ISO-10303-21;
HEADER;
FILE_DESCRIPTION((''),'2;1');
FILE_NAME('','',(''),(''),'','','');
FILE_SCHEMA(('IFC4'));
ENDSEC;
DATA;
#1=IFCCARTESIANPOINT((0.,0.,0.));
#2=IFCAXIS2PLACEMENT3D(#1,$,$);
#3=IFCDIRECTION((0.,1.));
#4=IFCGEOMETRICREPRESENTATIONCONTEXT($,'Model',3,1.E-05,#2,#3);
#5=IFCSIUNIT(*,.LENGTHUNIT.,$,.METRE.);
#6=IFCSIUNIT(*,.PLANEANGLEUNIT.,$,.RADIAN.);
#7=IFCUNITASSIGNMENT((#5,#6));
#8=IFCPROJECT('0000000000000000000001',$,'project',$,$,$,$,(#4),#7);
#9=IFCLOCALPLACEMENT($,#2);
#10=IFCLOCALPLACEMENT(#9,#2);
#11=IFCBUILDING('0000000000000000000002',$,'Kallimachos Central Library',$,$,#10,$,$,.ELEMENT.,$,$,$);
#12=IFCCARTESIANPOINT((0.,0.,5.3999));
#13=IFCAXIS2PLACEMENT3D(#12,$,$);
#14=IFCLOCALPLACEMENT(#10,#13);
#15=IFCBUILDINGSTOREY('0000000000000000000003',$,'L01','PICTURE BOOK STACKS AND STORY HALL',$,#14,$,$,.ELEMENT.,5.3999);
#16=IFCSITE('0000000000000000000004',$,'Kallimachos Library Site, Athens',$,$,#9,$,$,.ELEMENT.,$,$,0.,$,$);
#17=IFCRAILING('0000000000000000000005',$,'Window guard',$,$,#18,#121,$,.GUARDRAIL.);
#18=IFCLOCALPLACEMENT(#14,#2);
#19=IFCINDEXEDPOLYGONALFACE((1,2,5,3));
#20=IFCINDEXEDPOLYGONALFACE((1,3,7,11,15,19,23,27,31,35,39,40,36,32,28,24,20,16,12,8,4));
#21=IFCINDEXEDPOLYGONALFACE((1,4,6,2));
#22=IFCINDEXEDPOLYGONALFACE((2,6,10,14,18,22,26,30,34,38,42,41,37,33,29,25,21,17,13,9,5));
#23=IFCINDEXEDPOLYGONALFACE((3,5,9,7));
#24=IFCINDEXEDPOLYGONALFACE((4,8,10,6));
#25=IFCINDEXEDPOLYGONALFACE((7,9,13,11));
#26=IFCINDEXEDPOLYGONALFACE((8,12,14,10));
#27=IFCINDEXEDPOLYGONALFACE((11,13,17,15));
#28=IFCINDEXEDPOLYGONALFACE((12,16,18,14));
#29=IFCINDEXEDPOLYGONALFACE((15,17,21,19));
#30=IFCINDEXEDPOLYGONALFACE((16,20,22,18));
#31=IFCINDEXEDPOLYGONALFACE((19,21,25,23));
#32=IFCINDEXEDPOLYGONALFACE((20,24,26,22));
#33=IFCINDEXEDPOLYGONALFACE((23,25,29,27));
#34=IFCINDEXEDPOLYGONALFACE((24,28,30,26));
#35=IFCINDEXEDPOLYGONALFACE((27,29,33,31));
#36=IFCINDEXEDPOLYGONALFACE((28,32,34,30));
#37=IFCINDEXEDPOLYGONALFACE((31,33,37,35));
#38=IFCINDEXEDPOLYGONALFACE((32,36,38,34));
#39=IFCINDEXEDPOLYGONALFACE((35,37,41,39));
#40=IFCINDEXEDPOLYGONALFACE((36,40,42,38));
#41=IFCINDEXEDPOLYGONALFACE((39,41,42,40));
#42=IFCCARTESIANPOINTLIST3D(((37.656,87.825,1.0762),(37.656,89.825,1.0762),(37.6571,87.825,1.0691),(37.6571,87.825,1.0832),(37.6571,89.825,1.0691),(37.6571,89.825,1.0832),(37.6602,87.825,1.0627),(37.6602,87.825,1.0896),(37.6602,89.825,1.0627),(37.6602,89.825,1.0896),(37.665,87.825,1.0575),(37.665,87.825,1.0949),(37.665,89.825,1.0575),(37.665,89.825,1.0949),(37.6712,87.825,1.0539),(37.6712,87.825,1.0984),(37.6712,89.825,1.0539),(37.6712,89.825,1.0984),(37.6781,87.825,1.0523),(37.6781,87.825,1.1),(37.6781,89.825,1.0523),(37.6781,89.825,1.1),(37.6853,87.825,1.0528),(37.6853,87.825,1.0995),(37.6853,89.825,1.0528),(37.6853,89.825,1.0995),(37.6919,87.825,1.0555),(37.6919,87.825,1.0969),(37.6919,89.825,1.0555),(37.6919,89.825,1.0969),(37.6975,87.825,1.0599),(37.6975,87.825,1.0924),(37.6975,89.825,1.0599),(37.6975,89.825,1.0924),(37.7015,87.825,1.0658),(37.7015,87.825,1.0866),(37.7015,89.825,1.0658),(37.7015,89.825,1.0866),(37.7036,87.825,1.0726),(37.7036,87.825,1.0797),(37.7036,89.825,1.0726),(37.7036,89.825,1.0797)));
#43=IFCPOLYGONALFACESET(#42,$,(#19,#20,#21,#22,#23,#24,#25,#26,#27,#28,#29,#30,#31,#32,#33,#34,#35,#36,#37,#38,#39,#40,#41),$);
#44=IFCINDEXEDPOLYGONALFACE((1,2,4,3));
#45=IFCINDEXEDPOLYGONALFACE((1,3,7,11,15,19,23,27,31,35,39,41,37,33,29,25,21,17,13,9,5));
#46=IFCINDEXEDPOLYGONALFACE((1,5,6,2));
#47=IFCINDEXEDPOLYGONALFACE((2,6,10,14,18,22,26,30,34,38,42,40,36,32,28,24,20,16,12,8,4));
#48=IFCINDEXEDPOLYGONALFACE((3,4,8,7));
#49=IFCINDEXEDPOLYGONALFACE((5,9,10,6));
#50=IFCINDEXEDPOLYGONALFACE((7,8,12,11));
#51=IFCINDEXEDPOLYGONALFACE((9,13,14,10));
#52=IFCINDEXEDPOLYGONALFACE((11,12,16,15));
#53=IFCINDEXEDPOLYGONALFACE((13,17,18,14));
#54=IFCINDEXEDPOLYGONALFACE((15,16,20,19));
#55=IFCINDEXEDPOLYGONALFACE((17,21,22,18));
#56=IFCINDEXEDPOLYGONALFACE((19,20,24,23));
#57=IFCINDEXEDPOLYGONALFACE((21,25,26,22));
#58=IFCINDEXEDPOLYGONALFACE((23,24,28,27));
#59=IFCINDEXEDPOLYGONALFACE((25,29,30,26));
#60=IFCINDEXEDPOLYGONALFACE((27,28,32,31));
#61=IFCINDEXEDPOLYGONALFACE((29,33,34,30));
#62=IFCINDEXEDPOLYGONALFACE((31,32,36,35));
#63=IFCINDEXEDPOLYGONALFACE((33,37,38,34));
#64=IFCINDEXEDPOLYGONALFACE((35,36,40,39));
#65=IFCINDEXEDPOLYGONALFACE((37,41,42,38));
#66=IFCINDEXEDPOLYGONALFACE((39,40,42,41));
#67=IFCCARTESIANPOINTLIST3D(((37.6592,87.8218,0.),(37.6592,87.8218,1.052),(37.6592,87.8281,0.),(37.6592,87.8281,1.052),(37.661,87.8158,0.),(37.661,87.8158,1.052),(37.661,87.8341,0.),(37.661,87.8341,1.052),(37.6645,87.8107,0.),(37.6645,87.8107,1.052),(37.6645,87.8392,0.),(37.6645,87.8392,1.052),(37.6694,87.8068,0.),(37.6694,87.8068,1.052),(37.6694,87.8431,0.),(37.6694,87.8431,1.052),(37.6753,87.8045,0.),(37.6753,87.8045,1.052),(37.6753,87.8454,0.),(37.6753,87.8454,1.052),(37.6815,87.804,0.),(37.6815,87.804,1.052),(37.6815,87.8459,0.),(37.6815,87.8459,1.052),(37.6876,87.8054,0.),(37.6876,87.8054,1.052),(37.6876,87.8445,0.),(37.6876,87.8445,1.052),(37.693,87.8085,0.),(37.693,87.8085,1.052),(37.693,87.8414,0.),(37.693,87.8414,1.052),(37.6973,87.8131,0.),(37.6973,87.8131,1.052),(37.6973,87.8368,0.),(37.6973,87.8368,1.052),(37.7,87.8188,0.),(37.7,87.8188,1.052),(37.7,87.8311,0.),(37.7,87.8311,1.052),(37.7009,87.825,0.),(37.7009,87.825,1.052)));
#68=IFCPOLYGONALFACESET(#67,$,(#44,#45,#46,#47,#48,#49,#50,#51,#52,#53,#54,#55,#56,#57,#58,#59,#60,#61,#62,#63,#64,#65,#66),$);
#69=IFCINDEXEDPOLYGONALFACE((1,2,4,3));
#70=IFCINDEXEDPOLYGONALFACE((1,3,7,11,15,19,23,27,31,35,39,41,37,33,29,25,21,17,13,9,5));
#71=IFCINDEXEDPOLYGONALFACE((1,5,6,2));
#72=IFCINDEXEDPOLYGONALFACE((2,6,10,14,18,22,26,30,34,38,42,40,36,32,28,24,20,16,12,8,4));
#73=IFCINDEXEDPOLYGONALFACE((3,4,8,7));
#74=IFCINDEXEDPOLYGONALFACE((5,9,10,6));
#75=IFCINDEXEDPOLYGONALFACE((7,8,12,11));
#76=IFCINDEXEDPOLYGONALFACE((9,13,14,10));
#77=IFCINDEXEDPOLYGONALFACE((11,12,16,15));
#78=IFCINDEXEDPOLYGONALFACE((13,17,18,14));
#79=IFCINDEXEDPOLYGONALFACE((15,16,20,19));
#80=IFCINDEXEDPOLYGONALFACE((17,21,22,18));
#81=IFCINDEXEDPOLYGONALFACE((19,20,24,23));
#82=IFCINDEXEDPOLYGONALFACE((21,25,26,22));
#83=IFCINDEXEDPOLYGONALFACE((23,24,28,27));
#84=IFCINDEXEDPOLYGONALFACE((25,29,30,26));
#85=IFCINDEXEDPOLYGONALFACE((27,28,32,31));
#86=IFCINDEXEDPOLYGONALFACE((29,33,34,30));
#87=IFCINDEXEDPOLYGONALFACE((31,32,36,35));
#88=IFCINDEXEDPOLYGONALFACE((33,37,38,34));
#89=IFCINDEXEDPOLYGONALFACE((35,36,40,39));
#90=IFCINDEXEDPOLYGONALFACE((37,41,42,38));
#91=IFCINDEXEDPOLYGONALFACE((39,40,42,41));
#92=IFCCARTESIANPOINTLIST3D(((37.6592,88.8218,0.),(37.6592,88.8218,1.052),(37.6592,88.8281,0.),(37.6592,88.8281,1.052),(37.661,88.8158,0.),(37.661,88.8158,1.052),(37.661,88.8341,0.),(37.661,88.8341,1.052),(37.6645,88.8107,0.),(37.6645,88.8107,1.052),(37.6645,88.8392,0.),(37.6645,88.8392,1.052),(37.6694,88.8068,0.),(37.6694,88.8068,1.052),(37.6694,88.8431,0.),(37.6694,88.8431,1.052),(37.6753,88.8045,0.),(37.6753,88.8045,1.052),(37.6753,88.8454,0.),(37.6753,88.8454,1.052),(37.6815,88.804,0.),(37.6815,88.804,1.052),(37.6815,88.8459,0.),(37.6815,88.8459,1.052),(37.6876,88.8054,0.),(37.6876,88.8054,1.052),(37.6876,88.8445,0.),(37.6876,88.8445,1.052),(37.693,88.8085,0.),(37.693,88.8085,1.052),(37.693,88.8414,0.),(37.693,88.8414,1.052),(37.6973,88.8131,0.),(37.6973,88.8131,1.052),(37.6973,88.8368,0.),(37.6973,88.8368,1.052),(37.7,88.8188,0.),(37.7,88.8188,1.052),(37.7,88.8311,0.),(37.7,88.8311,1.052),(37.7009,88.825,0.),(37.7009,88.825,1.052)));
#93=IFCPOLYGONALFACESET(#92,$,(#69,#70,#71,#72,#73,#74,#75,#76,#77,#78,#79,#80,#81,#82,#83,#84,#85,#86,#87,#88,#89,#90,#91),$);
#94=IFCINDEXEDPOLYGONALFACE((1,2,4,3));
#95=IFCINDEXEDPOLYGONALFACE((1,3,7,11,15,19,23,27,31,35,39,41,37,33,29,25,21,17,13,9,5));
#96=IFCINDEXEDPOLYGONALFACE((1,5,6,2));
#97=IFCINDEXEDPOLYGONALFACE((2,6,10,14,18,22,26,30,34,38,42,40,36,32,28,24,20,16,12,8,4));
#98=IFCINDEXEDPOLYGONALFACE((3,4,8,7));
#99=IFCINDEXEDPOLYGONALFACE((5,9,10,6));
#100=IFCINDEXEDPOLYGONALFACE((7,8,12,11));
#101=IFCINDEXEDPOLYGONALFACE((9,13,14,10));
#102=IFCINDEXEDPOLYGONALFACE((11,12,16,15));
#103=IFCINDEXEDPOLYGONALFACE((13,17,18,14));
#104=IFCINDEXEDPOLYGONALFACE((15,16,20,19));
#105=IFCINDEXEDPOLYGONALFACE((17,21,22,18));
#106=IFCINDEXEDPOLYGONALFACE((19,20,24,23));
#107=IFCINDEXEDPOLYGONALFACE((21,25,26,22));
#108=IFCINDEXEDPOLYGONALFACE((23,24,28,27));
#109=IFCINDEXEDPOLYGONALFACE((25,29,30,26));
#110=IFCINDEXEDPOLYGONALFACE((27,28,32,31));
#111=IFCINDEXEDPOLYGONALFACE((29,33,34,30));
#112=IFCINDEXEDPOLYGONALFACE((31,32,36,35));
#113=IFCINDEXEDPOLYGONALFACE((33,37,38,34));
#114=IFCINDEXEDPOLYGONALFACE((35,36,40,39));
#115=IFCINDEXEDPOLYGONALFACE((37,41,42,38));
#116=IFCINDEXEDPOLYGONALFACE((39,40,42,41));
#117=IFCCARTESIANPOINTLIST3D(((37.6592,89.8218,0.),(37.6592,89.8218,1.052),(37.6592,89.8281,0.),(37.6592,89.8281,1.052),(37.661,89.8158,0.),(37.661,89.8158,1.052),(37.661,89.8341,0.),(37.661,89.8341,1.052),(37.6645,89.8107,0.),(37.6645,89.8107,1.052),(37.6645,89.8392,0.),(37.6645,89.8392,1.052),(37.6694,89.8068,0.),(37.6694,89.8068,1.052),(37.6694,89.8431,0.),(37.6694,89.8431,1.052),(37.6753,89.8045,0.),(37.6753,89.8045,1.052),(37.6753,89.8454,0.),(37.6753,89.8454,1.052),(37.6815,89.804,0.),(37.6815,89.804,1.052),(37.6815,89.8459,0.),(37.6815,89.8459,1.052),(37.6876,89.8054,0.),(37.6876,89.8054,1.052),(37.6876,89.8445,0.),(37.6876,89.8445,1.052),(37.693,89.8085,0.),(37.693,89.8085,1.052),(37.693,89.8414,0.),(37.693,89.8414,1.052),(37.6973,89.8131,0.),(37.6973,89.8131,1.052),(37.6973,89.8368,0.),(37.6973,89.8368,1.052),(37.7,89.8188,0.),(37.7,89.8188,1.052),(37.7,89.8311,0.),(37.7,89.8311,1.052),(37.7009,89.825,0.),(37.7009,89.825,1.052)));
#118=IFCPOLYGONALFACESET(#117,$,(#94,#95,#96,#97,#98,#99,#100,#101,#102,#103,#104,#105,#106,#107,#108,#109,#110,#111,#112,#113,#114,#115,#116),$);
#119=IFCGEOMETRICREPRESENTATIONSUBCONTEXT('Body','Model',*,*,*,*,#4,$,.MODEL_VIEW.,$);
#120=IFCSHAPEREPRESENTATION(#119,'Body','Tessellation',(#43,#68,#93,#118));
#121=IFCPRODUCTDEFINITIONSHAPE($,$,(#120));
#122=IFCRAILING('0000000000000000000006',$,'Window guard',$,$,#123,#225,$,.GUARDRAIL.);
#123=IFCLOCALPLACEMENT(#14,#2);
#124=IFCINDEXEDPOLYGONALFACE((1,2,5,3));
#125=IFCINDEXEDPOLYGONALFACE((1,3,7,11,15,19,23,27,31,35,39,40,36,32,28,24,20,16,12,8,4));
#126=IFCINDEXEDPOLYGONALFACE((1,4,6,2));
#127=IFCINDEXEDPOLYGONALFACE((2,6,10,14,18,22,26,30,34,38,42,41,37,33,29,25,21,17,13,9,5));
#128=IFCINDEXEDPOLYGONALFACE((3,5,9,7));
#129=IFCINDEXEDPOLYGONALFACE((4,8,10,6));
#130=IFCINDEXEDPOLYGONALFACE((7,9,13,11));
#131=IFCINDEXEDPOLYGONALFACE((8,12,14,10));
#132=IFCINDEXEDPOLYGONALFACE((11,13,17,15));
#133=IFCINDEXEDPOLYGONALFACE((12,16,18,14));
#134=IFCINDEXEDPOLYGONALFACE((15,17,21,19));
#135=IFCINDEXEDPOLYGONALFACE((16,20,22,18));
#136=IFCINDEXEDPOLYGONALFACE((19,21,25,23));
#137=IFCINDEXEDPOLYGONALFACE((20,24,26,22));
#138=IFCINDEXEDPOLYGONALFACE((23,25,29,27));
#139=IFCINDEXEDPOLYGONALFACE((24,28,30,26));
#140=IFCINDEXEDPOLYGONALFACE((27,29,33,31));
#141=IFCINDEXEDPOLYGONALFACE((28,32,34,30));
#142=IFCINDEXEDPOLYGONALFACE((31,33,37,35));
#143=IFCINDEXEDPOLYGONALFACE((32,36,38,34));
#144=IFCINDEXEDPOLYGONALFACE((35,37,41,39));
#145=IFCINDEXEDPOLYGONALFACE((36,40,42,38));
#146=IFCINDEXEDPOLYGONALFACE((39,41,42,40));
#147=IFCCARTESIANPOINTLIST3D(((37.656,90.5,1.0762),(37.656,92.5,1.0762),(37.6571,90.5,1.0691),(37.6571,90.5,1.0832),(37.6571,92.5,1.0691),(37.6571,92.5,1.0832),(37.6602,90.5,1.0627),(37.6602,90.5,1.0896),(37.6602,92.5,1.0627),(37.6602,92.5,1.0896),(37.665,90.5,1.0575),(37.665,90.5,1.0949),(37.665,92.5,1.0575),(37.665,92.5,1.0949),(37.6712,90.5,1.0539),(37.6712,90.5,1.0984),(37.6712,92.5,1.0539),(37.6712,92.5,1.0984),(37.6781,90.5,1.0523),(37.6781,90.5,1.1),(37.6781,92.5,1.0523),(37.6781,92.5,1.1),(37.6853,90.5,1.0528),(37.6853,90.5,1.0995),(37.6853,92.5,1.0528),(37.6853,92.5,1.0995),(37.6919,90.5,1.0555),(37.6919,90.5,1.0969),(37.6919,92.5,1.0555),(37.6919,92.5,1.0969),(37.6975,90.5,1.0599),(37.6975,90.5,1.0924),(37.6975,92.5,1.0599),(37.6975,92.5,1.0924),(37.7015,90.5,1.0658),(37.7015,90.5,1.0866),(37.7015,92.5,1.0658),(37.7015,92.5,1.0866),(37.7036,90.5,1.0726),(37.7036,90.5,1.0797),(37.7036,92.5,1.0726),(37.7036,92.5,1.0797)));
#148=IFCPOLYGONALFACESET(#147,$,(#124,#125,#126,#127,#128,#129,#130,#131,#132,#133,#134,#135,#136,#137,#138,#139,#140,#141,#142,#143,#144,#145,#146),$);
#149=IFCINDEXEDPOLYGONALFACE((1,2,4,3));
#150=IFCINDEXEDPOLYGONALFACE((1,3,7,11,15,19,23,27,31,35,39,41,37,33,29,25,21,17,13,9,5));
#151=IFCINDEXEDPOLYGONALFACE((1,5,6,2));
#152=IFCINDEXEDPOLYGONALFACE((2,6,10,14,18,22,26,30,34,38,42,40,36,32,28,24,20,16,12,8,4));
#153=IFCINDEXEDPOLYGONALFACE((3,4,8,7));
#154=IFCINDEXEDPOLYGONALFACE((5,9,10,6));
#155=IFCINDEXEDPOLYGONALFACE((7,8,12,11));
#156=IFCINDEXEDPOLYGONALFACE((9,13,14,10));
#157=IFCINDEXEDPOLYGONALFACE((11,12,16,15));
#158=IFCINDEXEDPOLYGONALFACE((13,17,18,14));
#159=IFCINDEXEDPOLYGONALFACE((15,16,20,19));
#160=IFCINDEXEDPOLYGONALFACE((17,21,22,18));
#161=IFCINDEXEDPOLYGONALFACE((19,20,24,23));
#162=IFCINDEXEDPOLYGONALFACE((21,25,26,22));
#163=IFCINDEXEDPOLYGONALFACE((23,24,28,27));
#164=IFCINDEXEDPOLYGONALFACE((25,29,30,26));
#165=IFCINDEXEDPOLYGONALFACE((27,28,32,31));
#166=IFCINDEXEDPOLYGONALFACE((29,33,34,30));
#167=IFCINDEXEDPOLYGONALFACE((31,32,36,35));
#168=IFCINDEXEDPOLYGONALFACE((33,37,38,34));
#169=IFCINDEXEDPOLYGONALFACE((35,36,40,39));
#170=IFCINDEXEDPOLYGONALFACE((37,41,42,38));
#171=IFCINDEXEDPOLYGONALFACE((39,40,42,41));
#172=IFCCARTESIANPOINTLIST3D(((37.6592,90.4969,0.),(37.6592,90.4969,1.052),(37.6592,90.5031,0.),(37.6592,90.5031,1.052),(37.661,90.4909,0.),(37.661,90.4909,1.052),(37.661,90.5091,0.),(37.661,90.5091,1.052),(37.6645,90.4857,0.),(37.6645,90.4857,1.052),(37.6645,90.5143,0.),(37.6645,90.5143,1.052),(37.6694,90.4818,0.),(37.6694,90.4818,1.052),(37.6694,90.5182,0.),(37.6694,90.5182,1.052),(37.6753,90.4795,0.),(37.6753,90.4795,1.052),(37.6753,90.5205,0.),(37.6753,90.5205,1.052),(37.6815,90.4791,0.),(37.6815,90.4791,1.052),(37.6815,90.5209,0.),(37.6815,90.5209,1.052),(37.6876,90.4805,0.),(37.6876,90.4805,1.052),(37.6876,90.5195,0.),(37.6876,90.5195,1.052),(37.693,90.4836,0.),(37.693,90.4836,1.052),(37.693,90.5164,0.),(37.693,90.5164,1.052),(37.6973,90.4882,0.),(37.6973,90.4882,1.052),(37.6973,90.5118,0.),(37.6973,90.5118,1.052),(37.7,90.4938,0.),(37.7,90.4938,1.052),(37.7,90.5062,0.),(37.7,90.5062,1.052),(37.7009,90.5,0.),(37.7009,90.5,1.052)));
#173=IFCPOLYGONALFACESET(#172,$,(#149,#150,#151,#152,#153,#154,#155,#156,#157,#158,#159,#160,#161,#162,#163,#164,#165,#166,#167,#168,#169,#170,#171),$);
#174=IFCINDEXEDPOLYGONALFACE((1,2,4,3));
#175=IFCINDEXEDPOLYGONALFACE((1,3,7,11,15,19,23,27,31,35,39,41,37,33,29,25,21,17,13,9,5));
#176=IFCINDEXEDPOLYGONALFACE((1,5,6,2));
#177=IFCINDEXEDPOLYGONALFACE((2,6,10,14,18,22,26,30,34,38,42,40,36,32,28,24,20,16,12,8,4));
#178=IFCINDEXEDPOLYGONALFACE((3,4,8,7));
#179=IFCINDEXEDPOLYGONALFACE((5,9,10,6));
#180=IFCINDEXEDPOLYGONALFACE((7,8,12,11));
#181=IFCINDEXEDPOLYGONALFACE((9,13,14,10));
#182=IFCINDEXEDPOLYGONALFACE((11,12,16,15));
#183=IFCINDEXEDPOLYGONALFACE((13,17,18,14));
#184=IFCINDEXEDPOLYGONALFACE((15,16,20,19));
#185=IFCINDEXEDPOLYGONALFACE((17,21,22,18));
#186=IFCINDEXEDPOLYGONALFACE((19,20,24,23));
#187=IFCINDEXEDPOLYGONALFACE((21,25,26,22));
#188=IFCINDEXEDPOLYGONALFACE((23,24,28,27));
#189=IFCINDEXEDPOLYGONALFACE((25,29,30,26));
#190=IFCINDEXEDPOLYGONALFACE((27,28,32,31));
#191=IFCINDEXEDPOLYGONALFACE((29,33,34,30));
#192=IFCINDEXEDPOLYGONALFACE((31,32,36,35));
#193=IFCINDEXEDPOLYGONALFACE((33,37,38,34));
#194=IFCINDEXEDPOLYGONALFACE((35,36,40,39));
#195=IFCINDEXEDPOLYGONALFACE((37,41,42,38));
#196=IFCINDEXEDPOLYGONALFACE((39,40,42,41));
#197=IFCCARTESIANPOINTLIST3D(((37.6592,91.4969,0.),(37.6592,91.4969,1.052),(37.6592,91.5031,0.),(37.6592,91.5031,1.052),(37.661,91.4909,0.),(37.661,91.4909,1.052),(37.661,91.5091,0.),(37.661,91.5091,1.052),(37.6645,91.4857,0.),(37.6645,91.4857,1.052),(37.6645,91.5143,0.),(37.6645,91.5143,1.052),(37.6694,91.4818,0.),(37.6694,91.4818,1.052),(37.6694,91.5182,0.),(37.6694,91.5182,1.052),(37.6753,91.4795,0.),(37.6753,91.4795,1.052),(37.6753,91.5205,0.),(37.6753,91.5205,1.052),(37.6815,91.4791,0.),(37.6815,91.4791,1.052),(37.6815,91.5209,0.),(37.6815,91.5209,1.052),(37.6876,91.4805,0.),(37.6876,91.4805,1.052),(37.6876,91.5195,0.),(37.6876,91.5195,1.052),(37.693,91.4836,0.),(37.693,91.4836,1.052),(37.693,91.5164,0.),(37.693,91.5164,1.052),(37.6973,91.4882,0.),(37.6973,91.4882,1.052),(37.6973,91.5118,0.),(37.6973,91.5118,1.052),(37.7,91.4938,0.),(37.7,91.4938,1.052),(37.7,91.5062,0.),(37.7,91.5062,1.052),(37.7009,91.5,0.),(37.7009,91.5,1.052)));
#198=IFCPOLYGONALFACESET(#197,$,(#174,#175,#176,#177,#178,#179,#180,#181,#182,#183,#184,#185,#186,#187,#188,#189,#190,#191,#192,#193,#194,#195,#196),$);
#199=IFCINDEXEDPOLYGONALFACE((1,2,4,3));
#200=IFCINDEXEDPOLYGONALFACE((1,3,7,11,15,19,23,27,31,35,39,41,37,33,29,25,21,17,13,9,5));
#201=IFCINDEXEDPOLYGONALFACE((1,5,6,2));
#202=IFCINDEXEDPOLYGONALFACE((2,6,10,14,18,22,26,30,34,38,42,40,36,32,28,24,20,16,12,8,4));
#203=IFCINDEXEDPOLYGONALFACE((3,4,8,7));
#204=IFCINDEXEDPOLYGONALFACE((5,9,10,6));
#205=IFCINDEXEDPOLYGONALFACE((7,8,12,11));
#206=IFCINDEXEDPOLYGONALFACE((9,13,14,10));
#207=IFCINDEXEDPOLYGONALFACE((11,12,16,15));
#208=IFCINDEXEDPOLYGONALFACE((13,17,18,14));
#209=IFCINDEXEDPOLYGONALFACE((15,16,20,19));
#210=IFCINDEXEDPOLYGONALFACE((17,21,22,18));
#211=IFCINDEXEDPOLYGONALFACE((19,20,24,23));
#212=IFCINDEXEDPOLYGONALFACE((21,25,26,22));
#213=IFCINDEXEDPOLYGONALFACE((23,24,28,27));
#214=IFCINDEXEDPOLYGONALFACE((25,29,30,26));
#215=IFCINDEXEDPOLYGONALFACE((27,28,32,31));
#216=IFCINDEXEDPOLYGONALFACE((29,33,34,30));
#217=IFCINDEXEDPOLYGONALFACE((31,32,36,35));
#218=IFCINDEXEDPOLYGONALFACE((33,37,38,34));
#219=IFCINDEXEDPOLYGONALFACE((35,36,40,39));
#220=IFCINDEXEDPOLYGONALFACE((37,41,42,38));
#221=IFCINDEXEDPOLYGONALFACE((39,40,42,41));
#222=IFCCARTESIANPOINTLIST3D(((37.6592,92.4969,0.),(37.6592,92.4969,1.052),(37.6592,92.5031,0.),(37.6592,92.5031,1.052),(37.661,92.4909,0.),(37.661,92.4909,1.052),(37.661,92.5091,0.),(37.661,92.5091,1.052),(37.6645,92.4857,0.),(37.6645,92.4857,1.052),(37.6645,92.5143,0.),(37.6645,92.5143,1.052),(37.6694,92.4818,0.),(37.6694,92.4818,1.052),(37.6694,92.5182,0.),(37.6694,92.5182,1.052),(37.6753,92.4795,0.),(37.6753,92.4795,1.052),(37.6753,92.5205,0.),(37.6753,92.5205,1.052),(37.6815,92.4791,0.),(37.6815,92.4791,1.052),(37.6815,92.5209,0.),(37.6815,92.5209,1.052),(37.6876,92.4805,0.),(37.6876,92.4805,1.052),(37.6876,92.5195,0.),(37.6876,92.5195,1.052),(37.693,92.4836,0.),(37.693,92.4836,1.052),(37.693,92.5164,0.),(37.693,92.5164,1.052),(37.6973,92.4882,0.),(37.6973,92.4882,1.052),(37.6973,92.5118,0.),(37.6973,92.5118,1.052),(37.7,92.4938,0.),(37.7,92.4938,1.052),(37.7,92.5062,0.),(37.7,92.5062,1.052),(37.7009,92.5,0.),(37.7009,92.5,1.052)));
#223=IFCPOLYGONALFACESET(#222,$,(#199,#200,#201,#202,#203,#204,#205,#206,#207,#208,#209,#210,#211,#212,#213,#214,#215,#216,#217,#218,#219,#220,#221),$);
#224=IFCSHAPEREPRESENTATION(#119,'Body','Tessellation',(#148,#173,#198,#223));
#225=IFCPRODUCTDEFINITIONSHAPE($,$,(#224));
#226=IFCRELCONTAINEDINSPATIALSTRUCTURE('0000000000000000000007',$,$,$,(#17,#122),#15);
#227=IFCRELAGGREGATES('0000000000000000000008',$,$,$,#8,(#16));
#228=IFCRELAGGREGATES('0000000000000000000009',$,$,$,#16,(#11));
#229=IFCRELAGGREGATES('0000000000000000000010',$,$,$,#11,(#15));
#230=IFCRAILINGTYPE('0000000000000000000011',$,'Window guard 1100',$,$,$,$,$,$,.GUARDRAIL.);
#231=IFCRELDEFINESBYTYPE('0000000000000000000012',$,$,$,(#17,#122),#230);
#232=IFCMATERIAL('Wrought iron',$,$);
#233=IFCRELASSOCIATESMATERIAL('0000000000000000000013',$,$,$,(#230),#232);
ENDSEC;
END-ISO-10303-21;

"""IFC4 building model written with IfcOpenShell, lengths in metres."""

from ifc_helpers import new_model, si_unit, direction, frame, origin, origin_2d, place, context, subcontext, project, spatial, circle, extrude, material, type_object, element, save


model = new_model("IFC4")

# Units and contexts
model_context = context("Model", 3, precision=1e-05, world=origin(), true_north=direction((0.0, 1.0)))
body_context = subcontext(model_context, "Body", "Model", "MODEL_VIEW")
ifc_project = project(units=[si_unit("LENGTHUNIT", "METRE"), si_unit("PLANEANGLEUNIT", "RADIAN")], contexts=[model_context])

# Site, building, storey
site_placement = place(None, origin())
site = spatial("IfcSite", under=ifc_project, at=site_placement, Name="Kallimachos Library Site, Athens", CompositionType="ELEMENT", RefElevation=0.0)
building_placement = place(site_placement, origin())
building = spatial("IfcBuilding", under=site, at=building_placement, Name="Kallimachos Central Library", CompositionType="ELEMENT")
storey_placement = place(building_placement, frame((0.0, 0.0, 5.3999)))
storey = spatial("IfcBuildingStorey", under=building, at=storey_placement, Name="L01", Description="PICTURE BOOK STACKS AND STORY HALL", CompositionType="ELEMENT", Elevation=5.3999)

# Railings
ifc_material_1 = material(Name="Wrought iron")
railing_type = type_object("IfcRailingType", Name="Window guard 1100", PredefinedType="GUARDRAIL", material=ifc_material_1)
for number, where, name in (
    (1, (37.6799, 87.825, 0.0), "Window guard"),
    (2, (37.6799, 90.5, 0.0), "Window guard"),
):
    element("IfcRailing", number, at=place(storey_placement, frame(where)), inside=storey, type_object=railing_type, Name=name, PredefinedType="GUARDRAIL", context=body_context, shape_type="SweptSolid", body=[
        extrude(circle(Radius=0.0239, at=origin_2d()), frame((0.0, 0.0, 1.0762), z_axis=(0.0, 1.0, 0.0), x_axis=(-1.0, 0.0, 0.0)), (0.0, 0.0, 1.0), 2.0),
        extrude(circle(Radius=0.021, at=origin_2d()), origin(), (0.0, 0.0, 1.0), 1.052),
        extrude(circle(Radius=0.021, at=origin_2d()), frame((0.0, 1.0, 0.0)), (0.0, 0.0, 1.0), 1.052),
        extrude(circle(Radius=0.021, at=origin_2d()), frame((0.0, 2.0, 0.0)), (0.0, 0.0, 1.0), 1.052),
    ])

save(model, "model.ifc")
